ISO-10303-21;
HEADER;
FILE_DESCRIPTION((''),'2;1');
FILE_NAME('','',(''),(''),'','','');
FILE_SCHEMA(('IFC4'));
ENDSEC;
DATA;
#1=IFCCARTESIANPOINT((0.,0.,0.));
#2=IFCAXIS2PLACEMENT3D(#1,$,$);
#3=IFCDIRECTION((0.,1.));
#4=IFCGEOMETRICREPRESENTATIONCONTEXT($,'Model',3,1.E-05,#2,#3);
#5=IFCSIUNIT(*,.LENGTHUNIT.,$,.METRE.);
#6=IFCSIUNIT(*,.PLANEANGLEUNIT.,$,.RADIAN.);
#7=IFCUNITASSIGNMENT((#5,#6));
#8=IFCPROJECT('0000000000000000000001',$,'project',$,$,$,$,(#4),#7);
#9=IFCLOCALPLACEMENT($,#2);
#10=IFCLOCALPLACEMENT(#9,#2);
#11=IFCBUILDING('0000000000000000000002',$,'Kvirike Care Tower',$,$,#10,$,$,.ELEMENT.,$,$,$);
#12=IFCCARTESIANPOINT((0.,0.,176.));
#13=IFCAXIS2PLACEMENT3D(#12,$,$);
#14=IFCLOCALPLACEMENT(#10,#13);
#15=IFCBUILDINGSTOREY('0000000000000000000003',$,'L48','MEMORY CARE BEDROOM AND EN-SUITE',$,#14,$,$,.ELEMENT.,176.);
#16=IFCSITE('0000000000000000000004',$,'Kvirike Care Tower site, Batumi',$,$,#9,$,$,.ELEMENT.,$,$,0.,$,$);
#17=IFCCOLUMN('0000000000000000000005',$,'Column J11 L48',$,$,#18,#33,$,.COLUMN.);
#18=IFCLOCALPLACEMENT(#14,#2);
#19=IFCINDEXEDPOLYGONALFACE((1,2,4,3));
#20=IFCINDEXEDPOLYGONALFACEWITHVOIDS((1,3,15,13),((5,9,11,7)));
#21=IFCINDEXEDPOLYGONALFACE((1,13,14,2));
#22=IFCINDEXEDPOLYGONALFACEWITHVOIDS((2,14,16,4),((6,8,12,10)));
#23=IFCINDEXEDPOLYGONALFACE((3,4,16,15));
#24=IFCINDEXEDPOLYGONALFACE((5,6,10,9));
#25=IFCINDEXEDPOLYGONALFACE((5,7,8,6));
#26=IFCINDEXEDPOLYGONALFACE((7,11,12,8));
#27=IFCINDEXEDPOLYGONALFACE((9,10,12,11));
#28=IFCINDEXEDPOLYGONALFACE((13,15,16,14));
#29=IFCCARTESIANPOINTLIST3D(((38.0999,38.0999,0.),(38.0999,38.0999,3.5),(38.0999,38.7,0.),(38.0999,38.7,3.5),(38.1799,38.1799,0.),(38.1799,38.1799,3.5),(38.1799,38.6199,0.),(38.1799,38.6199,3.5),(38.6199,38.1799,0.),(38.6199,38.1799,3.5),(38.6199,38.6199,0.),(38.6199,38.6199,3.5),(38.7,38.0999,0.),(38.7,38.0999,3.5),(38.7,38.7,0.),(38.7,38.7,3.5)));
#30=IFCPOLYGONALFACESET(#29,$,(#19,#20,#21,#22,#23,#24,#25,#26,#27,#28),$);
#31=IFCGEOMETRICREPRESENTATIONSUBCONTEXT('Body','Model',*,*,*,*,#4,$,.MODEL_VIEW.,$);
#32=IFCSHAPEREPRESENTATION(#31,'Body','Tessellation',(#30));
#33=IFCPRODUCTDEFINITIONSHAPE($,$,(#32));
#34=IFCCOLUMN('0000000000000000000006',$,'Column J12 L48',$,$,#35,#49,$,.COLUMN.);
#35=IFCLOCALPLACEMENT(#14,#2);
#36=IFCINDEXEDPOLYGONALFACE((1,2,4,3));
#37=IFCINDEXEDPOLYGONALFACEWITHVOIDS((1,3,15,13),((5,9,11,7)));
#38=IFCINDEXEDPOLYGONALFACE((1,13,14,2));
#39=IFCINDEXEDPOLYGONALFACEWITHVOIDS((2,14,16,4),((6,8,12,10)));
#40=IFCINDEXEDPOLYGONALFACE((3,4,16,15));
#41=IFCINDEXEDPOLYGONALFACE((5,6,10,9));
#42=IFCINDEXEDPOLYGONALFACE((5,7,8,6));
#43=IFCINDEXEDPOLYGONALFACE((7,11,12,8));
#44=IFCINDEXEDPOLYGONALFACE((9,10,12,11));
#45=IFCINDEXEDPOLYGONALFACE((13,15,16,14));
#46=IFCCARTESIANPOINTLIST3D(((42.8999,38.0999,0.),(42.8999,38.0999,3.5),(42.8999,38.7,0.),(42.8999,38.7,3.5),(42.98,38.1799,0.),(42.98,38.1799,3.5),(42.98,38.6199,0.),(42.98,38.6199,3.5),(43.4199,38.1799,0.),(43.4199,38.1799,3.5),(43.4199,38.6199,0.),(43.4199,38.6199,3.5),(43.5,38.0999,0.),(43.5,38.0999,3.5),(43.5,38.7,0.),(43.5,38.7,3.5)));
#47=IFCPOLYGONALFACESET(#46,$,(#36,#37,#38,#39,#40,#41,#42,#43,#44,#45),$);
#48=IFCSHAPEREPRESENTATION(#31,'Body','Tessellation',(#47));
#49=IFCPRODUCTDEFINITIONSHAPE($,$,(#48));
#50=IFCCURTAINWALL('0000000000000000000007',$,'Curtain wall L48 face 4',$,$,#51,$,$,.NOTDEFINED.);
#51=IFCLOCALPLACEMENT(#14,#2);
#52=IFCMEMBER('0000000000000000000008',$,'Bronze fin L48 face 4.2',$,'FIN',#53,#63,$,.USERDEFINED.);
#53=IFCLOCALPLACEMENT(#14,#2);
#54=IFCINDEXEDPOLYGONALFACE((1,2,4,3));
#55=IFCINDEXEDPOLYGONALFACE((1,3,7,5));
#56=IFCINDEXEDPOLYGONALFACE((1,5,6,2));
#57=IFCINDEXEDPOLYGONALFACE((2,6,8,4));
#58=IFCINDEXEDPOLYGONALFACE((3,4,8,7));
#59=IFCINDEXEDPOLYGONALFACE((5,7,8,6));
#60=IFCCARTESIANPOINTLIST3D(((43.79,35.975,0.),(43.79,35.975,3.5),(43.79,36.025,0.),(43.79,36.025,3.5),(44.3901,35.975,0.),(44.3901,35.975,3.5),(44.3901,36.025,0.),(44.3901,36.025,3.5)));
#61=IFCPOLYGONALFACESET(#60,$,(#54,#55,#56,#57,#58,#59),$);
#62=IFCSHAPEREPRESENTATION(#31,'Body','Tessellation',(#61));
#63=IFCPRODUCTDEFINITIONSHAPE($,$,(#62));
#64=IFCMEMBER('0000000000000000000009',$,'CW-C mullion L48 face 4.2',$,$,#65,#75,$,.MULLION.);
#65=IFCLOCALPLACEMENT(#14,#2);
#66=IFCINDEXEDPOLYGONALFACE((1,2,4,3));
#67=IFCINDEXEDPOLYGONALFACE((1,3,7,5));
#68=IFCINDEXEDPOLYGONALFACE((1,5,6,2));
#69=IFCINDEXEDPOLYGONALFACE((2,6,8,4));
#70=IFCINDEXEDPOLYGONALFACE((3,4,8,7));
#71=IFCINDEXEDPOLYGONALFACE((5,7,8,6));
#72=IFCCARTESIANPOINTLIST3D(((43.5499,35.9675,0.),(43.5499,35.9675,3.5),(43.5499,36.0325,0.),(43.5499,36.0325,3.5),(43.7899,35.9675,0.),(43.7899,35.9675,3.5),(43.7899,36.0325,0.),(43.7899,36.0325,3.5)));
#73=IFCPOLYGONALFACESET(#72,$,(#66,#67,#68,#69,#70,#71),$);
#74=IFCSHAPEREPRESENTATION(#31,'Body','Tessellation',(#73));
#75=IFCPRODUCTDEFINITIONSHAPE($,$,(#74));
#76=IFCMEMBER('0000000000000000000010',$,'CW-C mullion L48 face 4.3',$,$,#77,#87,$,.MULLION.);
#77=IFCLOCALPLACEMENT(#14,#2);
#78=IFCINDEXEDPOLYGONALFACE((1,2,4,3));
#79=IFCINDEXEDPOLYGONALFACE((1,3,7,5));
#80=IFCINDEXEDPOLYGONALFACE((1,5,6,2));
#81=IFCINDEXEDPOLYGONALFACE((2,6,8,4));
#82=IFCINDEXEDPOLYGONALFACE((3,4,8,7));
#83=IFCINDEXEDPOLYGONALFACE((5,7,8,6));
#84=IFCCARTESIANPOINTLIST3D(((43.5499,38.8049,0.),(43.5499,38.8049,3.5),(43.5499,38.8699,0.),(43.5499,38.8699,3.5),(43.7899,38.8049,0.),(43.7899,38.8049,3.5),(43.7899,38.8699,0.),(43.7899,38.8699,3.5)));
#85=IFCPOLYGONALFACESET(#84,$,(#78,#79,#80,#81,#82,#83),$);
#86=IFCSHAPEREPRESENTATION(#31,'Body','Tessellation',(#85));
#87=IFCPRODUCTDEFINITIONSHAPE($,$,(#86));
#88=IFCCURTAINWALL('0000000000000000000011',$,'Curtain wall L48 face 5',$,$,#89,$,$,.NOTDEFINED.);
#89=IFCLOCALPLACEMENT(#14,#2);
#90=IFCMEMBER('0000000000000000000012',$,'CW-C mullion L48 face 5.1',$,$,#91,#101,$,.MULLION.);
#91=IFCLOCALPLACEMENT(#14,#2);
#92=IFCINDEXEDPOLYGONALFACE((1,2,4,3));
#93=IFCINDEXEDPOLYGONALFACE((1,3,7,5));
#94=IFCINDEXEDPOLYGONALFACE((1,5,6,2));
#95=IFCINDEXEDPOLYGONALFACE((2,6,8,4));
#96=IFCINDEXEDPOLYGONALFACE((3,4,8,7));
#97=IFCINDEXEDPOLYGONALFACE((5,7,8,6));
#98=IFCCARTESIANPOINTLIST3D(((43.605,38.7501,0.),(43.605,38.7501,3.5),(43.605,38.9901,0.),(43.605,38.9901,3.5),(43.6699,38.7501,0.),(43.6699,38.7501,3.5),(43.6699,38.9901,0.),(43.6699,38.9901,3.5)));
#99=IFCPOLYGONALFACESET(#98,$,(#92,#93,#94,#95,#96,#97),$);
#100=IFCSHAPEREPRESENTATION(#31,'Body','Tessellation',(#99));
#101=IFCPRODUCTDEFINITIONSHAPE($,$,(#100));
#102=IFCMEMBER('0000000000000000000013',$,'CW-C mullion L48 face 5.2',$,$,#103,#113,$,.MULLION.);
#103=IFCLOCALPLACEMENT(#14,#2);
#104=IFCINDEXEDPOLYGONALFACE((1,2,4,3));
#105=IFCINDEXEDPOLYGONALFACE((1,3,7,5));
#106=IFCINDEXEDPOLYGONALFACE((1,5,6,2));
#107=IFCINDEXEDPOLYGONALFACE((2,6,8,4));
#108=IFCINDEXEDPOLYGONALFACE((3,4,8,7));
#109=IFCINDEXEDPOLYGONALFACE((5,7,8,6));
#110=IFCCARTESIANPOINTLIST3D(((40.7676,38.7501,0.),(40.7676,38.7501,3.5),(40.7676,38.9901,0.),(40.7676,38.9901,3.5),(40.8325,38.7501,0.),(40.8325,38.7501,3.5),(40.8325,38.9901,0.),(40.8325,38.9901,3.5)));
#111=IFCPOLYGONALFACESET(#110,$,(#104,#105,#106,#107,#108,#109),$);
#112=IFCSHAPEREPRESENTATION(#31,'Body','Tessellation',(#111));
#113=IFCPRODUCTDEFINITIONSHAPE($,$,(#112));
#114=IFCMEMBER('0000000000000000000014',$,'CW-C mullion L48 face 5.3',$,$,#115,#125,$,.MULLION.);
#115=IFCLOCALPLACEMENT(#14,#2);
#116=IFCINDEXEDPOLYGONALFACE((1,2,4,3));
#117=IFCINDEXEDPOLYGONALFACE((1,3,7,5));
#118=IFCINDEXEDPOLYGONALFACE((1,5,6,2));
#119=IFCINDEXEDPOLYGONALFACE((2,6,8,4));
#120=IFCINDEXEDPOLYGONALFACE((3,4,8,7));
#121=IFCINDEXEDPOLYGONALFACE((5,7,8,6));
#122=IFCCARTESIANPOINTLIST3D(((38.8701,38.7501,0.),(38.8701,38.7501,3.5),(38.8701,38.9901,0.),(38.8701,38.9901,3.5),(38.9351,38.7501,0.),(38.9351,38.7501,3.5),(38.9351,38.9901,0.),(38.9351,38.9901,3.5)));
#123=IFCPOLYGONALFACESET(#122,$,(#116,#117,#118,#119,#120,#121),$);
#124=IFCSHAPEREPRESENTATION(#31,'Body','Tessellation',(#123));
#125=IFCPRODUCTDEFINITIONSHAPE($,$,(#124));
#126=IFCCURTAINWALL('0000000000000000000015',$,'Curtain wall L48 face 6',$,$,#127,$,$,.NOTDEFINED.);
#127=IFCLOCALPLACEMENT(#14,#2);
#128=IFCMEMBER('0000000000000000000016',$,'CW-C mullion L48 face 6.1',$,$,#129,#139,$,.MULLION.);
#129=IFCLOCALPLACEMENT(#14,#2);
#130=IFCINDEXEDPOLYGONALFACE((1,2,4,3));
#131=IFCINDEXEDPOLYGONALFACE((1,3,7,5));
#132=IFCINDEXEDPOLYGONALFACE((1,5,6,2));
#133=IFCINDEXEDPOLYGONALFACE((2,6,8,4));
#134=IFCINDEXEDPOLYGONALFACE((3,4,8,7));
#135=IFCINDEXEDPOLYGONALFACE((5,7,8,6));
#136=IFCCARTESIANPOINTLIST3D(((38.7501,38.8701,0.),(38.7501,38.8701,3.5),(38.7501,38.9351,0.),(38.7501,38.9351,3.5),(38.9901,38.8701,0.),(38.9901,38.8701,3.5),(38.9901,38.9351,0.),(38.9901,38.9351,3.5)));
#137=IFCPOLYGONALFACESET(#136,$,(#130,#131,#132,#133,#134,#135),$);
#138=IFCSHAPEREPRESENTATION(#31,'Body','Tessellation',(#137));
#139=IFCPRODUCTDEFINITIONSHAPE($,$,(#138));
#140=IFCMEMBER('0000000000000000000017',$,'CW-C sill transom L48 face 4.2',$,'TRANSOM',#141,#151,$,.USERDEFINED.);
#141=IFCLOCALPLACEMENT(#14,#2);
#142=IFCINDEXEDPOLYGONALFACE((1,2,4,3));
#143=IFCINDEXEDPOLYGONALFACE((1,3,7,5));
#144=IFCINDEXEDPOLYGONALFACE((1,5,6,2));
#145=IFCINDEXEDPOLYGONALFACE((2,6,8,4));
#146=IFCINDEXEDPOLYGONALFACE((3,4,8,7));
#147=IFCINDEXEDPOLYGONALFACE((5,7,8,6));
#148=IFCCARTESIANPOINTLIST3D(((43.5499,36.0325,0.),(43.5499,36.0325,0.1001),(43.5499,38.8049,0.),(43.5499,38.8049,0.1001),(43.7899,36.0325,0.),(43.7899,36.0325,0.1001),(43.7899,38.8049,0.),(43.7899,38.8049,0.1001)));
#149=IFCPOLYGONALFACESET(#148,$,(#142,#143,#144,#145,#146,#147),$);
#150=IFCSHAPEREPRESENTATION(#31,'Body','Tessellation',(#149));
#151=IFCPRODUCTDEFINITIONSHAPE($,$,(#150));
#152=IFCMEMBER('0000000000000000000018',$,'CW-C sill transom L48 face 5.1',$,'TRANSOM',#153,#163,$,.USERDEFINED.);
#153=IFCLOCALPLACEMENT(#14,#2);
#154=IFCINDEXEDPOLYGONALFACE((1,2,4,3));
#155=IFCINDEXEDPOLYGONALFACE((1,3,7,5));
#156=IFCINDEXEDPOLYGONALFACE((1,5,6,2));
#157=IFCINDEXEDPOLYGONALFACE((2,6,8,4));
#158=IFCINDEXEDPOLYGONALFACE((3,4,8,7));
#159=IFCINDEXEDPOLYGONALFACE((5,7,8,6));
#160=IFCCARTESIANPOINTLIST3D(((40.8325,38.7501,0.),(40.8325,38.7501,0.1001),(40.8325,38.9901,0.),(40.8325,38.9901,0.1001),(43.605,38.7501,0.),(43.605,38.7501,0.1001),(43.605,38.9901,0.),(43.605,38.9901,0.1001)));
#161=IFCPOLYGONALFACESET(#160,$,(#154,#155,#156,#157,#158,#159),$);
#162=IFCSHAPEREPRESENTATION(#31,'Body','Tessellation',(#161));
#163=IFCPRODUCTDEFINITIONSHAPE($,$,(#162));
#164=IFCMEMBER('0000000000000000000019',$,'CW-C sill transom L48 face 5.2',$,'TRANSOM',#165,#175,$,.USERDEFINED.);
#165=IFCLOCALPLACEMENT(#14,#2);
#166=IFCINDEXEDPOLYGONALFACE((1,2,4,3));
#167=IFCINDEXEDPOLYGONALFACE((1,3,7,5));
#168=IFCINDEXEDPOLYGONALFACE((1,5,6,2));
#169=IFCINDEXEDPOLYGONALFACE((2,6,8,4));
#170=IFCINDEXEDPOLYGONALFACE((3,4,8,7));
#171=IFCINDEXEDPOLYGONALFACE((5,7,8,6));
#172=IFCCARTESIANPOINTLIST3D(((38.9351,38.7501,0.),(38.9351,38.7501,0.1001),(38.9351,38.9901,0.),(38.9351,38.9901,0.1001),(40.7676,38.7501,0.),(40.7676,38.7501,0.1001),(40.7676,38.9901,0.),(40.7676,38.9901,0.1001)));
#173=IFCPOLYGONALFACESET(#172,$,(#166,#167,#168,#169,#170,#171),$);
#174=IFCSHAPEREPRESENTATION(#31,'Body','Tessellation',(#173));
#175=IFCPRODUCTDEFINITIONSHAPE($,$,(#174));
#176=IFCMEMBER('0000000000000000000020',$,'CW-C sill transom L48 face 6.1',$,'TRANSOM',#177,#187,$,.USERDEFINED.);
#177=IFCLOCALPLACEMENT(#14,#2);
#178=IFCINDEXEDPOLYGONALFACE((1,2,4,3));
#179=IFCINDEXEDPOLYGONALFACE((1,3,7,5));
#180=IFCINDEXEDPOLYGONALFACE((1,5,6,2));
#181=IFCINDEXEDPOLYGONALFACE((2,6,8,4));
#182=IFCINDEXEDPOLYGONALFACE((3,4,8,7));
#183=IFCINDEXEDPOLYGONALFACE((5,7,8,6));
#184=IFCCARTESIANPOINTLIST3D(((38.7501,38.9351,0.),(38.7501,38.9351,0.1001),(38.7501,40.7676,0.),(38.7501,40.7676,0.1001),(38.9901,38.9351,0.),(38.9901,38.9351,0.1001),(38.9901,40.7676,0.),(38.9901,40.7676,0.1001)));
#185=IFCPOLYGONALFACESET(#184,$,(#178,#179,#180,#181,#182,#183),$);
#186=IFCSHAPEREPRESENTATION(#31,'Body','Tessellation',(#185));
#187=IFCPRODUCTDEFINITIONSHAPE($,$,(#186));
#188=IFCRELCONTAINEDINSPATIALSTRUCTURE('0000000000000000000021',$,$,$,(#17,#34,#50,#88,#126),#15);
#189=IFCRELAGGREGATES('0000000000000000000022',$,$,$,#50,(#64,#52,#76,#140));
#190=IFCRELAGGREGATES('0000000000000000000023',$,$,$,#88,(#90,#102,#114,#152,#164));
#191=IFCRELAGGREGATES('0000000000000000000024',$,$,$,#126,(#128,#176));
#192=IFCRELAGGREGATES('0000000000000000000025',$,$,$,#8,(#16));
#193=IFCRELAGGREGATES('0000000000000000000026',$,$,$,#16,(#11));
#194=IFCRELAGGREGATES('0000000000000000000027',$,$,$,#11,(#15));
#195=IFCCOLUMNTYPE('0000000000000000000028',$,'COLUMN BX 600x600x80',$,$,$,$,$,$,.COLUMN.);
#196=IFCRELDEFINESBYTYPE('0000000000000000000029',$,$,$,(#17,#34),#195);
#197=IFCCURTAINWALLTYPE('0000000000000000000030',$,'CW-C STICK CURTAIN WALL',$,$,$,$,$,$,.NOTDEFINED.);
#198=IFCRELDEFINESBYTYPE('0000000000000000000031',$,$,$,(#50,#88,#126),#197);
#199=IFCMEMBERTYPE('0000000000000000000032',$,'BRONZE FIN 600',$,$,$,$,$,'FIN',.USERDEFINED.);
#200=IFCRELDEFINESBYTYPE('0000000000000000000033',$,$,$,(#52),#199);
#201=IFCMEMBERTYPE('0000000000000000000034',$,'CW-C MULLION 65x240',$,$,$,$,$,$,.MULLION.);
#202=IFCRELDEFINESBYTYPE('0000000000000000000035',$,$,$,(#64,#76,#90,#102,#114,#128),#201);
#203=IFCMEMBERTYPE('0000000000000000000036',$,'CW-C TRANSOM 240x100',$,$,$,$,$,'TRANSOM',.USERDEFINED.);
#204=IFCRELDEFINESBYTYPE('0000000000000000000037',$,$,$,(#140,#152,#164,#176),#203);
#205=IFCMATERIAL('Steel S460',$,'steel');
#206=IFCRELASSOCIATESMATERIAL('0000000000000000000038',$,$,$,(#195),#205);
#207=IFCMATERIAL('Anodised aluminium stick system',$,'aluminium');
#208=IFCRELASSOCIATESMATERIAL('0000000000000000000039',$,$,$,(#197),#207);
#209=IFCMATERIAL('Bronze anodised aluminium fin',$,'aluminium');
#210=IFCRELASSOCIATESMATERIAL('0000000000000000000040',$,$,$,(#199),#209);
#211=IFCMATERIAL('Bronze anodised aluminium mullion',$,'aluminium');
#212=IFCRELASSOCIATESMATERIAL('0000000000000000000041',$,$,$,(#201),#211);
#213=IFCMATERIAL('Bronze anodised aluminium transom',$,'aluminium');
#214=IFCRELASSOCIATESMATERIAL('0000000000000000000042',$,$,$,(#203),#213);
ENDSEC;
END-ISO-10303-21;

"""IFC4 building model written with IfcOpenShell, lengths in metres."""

from ifc_helpers import new_model, si_unit, direction, frame, origin, origin_2d, place, context, subcontext, project, spatial, rectangle, hollow_rectangle, extrude, material, material_profile, profile_set, type_object, element, aggregate, save


model = new_model("IFC4")

# Units and contexts
model_context = context("Model", 3, precision=1e-05, world=origin(), true_north=direction((0.0, 1.0)))
body_context = subcontext(model_context, "Body", "Model", "MODEL_VIEW")
ifc_project = project(units=[si_unit("LENGTHUNIT", "METRE"), si_unit("PLANEANGLEUNIT", "RADIAN")], contexts=[model_context])

# Site, building, storey
site_placement = place(None, origin())
site = spatial("IfcSite", under=ifc_project, at=site_placement, Name="Kvirike Care Tower site, Batumi", CompositionType="ELEMENT", RefElevation=0.0)
building_placement = place(site_placement, origin())
building = spatial("IfcBuilding", under=site, at=building_placement, Name="Kvirike Care Tower", CompositionType="ELEMENT")
storey_placement = place(building_placement, frame((0.0, 0.0, 176.0)))
storey = spatial("IfcBuildingStorey", under=building, at=storey_placement, Name="L48", Description="MEMORY CARE BEDROOM AND EN-SUITE", CompositionType="ELEMENT", Elevation=176.0)

# Columns
ifc_material_1 = material(Name="Steel S460", Category="steel")
ifc_material_profile_1 = material_profile(ifc_material_1, hollow_rectangle(XDim=0.6001, YDim=0.6001, WallThickness=0.0801, at=origin_2d()), Name="BX 600x600x80")
ifc_profile_set_1 = profile_set([ifc_material_profile_1], Name="Steel S460")
column_type = type_object("IfcColumnType", Name="COLUMN BX 600x600x80", PredefinedType="COLUMN", material=ifc_profile_set_1)
for number, where, z_axis, x_axis, name in (
    (1, (38.3999, 38.3999, 0.0), (0.0, 0.0, 1.0), (0.0, 1.0, 0.0), "Column J11 L48"),
    (2, (43.2, 38.3999, 0.0), (0.0, 0.0, 1.0), (0.0, 1.0, 0.0), "Column J12 L48"),
):
    element("IfcColumn", number, at=place(storey_placement, frame(where, z_axis=z_axis, x_axis=x_axis)), inside=storey, type_object=column_type, Name=name, PredefinedType="COLUMN", context=body_context, shape_type="SweptSolid", body=[
        extrude(hollow_rectangle(XDim=0.6001, YDim=0.6001, WallThickness=0.0801, at=origin_2d()), origin(), (0.0, 0.0, 1.0), 3.5),
    ])

# Curtain walls, members
ifc_material_2 = material(Name="Anodised aluminium stick system", Category="aluminium")
curtain_wall_type = type_object("IfcCurtainWallType", Name="CW-C STICK CURTAIN WALL", PredefinedType="NOTDEFINED", material=ifc_material_2)
curtain_wall_1_placement = place(storey_placement, origin())
curtain_wall_1 = element("IfcCurtainWall", 3, at=curtain_wall_1_placement, inside=storey, type_object=curtain_wall_type, Name="Curtain wall L48 face 4", PredefinedType="NOTDEFINED")
ifc_material_3 = material(Name="Bronze anodised aluminium fin", Category="aluminium")
ifc_material_profile_2 = material_profile(ifc_material_3, rectangle(XDim=0.05, YDim=0.6001, at=origin_2d()), Name="BRONZE FIN 600")
ifc_profile_set_2 = profile_set([ifc_material_profile_2], Name="Bronze anodised aluminium fin")
member_type_1 = type_object("IfcMemberType", Name="BRONZE FIN 600", ElementType="FIN", PredefinedType="USERDEFINED", material=ifc_profile_set_2)
member_1_placement = place(storey_placement, frame((44.0901, 36.0, 0.0), z_axis=(0.0, 0.0, 1.0), x_axis=(0.0, 1.0, 0.0)))
member_1 = element("IfcMember", 4, at=member_1_placement, type_object=member_type_1, Name="Bronze fin L48 face 4.2", ObjectType="FIN", PredefinedType="USERDEFINED", context=body_context, shape_type="SweptSolid", body=[
    extrude(rectangle(XDim=0.05, YDim=0.6001, at=origin_2d()), origin(), (0.0, 0.0, 1.0), 3.5),
])
ifc_material_4 = material(Name="Bronze anodised aluminium mullion", Category="aluminium")
ifc_material_profile_3 = material_profile(ifc_material_4, rectangle(XDim=0.0649, YDim=0.24, at=origin_2d()), Name="CW-C MULLION 65x240")
ifc_profile_set_3 = profile_set([ifc_material_profile_3], Name="Bronze anodised aluminium mullion")
member_type_2 = type_object("IfcMemberType", Name="CW-C MULLION 65x240", PredefinedType="MULLION", material=ifc_profile_set_3)
member_2_placement = place(storey_placement, frame((43.6699, 36.0, 0.0), z_axis=(0.0, 0.0, 1.0), x_axis=(0.0, 1.0, 0.0)))
member_2 = element("IfcMember", 5, at=member_2_placement, type_object=member_type_2, Name="CW-C mullion L48 face 4.2", PredefinedType="MULLION", context=body_context, shape_type="SweptSolid", body=[
    extrude(rectangle(XDim=0.0649, YDim=0.24, at=origin_2d()), origin(), (0.0, 0.0, 1.0), 3.5),
])
member_3_placement = place(storey_placement, frame((43.6699, 38.8374, 0.0), z_axis=(0.0, 0.0, 1.0), x_axis=(0.0, 1.0, 0.0)))
member_3 = element("IfcMember", 6, at=member_3_placement, type_object=member_type_2, Name="CW-C mullion L48 face 4.3", PredefinedType="MULLION", context=body_context, shape_type="SweptSolid", body=[
    extrude(rectangle(XDim=0.0649, YDim=0.24, at=origin_2d()), origin(), (0.0, 0.0, 1.0), 3.5),
])
curtain_wall_2_placement = place(storey_placement, origin())
curtain_wall_2 = element("IfcCurtainWall", 7, at=curtain_wall_2_placement, inside=storey, type_object=curtain_wall_type, Name="Curtain wall L48 face 5", PredefinedType="NOTDEFINED")
member_4_placement = place(storey_placement, frame((43.6375, 38.8701, 0.0), z_axis=(0.0, 0.0, 1.0), x_axis=(-1.0, 0.0, 0.0)))
member_4 = element("IfcMember", 8, at=member_4_placement, type_object=member_type_2, Name="CW-C mullion L48 face 5.1", PredefinedType="MULLION", context=body_context, shape_type="SweptSolid", body=[
    extrude(rectangle(XDim=0.0649, YDim=0.24, at=origin_2d()), origin(), (0.0, 0.0, 1.0), 3.5),
])
member_5_placement = place(storey_placement, frame((40.8, 38.8701, 0.0), z_axis=(0.0, 0.0, 1.0), x_axis=(-1.0, 0.0, 0.0)))
member_5 = element("IfcMember", 9, at=member_5_placement, type_object=member_type_2, Name="CW-C mullion L48 face 5.2", PredefinedType="MULLION", context=body_context, shape_type="SweptSolid", body=[
    extrude(rectangle(XDim=0.0649, YDim=0.24, at=origin_2d()), origin(), (0.0, 0.0, 1.0), 3.5),
])
member_6_placement = place(storey_placement, frame((38.9026, 38.8701, 0.0), z_axis=(0.0, 0.0, 1.0), x_axis=(-1.0, 0.0, 0.0)))
member_6 = element("IfcMember", 10, at=member_6_placement, type_object=member_type_2, Name="CW-C mullion L48 face 5.3", PredefinedType="MULLION", context=body_context, shape_type="SweptSolid", body=[
    extrude(rectangle(XDim=0.0649, YDim=0.24, at=origin_2d()), origin(), (0.0, 0.0, 1.0), 3.5),
])

# Curtain wall, member
curtain_wall_3_placement = place(storey_placement, origin())
curtain_wall_3 = element("IfcCurtainWall", 11, at=curtain_wall_3_placement, inside=storey, type_object=curtain_wall_type, Name="Curtain wall L48 face 6", PredefinedType="NOTDEFINED")
member_7_placement = place(storey_placement, frame((38.8701, 38.9026, 0.0), z_axis=(0.0, 0.0, 1.0), x_axis=(0.0, 1.0, 0.0)))
member_7 = element("IfcMember", 12, at=member_7_placement, type_object=member_type_2, Name="CW-C mullion L48 face 6.1", PredefinedType="MULLION", context=body_context, shape_type="SweptSolid", body=[
    extrude(rectangle(XDim=0.0649, YDim=0.24, at=origin_2d()), origin(), (0.0, 0.0, 1.0), 3.5),
])

# Members
ifc_material_5 = material(Name="Bronze anodised aluminium transom", Category="aluminium")
ifc_material_profile_4 = material_profile(ifc_material_5, rectangle(XDim=0.24, YDim=0.1001, at=origin_2d()), Name="CW-C TRANSOM 240x100")
ifc_profile_set_4 = profile_set([ifc_material_profile_4], Name="Bronze anodised aluminium transom")
member_type_3 = type_object("IfcMemberType", Name="CW-C TRANSOM 240x100", ElementType="TRANSOM", PredefinedType="USERDEFINED", material=ifc_profile_set_4)
member_8_placement = place(storey_placement, frame((43.6699, 36.0325, 0.05), z_axis=(0.0, 1.0, 0.0), x_axis=(-1.0, 0.0, 0.0)))
member_8 = element("IfcMember", 13, at=member_8_placement, type_object=member_type_3, Name="CW-C sill transom L48 face 4.2", ObjectType="TRANSOM", PredefinedType="USERDEFINED", context=body_context, shape_type="SweptSolid", body=[
    extrude(rectangle(XDim=0.24, YDim=0.1001, at=origin_2d()), origin(), (0.0, 0.0, 1.0), 2.7725),
])
member_9_placement = place(storey_placement, frame((43.605, 38.8701, 0.05), z_axis=(-1.0, 0.0, 0.0), x_axis=(0.0, -1.0, 0.0)))
member_9 = element("IfcMember", 14, at=member_9_placement, type_object=member_type_3, Name="CW-C sill transom L48 face 5.1", ObjectType="TRANSOM", PredefinedType="USERDEFINED", context=body_context, shape_type="SweptSolid", body=[
    extrude(rectangle(XDim=0.24, YDim=0.1001, at=origin_2d()), origin(), (0.0, 0.0, 1.0), 2.7725),
])
member_10_placement = place(storey_placement, frame((40.7676, 38.8701, 0.05), z_axis=(-1.0, 0.0, 0.0), x_axis=(0.0, -1.0, 0.0)))
member_10 = element("IfcMember", 15, at=member_10_placement, type_object=member_type_3, Name="CW-C sill transom L48 face 5.2", ObjectType="TRANSOM", PredefinedType="USERDEFINED", context=body_context, shape_type="SweptSolid", body=[
    extrude(rectangle(XDim=0.24, YDim=0.1001, at=origin_2d()), origin(), (0.0, 0.0, 1.0), 1.8325),
])
member_11_placement = place(storey_placement, frame((38.8701, 38.9351, 0.05), z_axis=(0.0, 1.0, 0.0), x_axis=(-1.0, 0.0, 0.0)))
member_11 = element("IfcMember", 16, at=member_11_placement, type_object=member_type_3, Name="CW-C sill transom L48 face 6.1", ObjectType="TRANSOM", PredefinedType="USERDEFINED", context=body_context, shape_type="SweptSolid", body=[
    extrude(rectangle(XDim=0.24, YDim=0.1001, at=origin_2d()), origin(), (0.0, 0.0, 1.0), 1.8325),
])

aggregate(curtain_wall_1, [member_2, member_1, member_3, member_8])
aggregate(curtain_wall_2, [member_4, member_5, member_6, member_9, member_10])
aggregate(curtain_wall_3, [member_7, member_11])

save(model, "model.ifc")
